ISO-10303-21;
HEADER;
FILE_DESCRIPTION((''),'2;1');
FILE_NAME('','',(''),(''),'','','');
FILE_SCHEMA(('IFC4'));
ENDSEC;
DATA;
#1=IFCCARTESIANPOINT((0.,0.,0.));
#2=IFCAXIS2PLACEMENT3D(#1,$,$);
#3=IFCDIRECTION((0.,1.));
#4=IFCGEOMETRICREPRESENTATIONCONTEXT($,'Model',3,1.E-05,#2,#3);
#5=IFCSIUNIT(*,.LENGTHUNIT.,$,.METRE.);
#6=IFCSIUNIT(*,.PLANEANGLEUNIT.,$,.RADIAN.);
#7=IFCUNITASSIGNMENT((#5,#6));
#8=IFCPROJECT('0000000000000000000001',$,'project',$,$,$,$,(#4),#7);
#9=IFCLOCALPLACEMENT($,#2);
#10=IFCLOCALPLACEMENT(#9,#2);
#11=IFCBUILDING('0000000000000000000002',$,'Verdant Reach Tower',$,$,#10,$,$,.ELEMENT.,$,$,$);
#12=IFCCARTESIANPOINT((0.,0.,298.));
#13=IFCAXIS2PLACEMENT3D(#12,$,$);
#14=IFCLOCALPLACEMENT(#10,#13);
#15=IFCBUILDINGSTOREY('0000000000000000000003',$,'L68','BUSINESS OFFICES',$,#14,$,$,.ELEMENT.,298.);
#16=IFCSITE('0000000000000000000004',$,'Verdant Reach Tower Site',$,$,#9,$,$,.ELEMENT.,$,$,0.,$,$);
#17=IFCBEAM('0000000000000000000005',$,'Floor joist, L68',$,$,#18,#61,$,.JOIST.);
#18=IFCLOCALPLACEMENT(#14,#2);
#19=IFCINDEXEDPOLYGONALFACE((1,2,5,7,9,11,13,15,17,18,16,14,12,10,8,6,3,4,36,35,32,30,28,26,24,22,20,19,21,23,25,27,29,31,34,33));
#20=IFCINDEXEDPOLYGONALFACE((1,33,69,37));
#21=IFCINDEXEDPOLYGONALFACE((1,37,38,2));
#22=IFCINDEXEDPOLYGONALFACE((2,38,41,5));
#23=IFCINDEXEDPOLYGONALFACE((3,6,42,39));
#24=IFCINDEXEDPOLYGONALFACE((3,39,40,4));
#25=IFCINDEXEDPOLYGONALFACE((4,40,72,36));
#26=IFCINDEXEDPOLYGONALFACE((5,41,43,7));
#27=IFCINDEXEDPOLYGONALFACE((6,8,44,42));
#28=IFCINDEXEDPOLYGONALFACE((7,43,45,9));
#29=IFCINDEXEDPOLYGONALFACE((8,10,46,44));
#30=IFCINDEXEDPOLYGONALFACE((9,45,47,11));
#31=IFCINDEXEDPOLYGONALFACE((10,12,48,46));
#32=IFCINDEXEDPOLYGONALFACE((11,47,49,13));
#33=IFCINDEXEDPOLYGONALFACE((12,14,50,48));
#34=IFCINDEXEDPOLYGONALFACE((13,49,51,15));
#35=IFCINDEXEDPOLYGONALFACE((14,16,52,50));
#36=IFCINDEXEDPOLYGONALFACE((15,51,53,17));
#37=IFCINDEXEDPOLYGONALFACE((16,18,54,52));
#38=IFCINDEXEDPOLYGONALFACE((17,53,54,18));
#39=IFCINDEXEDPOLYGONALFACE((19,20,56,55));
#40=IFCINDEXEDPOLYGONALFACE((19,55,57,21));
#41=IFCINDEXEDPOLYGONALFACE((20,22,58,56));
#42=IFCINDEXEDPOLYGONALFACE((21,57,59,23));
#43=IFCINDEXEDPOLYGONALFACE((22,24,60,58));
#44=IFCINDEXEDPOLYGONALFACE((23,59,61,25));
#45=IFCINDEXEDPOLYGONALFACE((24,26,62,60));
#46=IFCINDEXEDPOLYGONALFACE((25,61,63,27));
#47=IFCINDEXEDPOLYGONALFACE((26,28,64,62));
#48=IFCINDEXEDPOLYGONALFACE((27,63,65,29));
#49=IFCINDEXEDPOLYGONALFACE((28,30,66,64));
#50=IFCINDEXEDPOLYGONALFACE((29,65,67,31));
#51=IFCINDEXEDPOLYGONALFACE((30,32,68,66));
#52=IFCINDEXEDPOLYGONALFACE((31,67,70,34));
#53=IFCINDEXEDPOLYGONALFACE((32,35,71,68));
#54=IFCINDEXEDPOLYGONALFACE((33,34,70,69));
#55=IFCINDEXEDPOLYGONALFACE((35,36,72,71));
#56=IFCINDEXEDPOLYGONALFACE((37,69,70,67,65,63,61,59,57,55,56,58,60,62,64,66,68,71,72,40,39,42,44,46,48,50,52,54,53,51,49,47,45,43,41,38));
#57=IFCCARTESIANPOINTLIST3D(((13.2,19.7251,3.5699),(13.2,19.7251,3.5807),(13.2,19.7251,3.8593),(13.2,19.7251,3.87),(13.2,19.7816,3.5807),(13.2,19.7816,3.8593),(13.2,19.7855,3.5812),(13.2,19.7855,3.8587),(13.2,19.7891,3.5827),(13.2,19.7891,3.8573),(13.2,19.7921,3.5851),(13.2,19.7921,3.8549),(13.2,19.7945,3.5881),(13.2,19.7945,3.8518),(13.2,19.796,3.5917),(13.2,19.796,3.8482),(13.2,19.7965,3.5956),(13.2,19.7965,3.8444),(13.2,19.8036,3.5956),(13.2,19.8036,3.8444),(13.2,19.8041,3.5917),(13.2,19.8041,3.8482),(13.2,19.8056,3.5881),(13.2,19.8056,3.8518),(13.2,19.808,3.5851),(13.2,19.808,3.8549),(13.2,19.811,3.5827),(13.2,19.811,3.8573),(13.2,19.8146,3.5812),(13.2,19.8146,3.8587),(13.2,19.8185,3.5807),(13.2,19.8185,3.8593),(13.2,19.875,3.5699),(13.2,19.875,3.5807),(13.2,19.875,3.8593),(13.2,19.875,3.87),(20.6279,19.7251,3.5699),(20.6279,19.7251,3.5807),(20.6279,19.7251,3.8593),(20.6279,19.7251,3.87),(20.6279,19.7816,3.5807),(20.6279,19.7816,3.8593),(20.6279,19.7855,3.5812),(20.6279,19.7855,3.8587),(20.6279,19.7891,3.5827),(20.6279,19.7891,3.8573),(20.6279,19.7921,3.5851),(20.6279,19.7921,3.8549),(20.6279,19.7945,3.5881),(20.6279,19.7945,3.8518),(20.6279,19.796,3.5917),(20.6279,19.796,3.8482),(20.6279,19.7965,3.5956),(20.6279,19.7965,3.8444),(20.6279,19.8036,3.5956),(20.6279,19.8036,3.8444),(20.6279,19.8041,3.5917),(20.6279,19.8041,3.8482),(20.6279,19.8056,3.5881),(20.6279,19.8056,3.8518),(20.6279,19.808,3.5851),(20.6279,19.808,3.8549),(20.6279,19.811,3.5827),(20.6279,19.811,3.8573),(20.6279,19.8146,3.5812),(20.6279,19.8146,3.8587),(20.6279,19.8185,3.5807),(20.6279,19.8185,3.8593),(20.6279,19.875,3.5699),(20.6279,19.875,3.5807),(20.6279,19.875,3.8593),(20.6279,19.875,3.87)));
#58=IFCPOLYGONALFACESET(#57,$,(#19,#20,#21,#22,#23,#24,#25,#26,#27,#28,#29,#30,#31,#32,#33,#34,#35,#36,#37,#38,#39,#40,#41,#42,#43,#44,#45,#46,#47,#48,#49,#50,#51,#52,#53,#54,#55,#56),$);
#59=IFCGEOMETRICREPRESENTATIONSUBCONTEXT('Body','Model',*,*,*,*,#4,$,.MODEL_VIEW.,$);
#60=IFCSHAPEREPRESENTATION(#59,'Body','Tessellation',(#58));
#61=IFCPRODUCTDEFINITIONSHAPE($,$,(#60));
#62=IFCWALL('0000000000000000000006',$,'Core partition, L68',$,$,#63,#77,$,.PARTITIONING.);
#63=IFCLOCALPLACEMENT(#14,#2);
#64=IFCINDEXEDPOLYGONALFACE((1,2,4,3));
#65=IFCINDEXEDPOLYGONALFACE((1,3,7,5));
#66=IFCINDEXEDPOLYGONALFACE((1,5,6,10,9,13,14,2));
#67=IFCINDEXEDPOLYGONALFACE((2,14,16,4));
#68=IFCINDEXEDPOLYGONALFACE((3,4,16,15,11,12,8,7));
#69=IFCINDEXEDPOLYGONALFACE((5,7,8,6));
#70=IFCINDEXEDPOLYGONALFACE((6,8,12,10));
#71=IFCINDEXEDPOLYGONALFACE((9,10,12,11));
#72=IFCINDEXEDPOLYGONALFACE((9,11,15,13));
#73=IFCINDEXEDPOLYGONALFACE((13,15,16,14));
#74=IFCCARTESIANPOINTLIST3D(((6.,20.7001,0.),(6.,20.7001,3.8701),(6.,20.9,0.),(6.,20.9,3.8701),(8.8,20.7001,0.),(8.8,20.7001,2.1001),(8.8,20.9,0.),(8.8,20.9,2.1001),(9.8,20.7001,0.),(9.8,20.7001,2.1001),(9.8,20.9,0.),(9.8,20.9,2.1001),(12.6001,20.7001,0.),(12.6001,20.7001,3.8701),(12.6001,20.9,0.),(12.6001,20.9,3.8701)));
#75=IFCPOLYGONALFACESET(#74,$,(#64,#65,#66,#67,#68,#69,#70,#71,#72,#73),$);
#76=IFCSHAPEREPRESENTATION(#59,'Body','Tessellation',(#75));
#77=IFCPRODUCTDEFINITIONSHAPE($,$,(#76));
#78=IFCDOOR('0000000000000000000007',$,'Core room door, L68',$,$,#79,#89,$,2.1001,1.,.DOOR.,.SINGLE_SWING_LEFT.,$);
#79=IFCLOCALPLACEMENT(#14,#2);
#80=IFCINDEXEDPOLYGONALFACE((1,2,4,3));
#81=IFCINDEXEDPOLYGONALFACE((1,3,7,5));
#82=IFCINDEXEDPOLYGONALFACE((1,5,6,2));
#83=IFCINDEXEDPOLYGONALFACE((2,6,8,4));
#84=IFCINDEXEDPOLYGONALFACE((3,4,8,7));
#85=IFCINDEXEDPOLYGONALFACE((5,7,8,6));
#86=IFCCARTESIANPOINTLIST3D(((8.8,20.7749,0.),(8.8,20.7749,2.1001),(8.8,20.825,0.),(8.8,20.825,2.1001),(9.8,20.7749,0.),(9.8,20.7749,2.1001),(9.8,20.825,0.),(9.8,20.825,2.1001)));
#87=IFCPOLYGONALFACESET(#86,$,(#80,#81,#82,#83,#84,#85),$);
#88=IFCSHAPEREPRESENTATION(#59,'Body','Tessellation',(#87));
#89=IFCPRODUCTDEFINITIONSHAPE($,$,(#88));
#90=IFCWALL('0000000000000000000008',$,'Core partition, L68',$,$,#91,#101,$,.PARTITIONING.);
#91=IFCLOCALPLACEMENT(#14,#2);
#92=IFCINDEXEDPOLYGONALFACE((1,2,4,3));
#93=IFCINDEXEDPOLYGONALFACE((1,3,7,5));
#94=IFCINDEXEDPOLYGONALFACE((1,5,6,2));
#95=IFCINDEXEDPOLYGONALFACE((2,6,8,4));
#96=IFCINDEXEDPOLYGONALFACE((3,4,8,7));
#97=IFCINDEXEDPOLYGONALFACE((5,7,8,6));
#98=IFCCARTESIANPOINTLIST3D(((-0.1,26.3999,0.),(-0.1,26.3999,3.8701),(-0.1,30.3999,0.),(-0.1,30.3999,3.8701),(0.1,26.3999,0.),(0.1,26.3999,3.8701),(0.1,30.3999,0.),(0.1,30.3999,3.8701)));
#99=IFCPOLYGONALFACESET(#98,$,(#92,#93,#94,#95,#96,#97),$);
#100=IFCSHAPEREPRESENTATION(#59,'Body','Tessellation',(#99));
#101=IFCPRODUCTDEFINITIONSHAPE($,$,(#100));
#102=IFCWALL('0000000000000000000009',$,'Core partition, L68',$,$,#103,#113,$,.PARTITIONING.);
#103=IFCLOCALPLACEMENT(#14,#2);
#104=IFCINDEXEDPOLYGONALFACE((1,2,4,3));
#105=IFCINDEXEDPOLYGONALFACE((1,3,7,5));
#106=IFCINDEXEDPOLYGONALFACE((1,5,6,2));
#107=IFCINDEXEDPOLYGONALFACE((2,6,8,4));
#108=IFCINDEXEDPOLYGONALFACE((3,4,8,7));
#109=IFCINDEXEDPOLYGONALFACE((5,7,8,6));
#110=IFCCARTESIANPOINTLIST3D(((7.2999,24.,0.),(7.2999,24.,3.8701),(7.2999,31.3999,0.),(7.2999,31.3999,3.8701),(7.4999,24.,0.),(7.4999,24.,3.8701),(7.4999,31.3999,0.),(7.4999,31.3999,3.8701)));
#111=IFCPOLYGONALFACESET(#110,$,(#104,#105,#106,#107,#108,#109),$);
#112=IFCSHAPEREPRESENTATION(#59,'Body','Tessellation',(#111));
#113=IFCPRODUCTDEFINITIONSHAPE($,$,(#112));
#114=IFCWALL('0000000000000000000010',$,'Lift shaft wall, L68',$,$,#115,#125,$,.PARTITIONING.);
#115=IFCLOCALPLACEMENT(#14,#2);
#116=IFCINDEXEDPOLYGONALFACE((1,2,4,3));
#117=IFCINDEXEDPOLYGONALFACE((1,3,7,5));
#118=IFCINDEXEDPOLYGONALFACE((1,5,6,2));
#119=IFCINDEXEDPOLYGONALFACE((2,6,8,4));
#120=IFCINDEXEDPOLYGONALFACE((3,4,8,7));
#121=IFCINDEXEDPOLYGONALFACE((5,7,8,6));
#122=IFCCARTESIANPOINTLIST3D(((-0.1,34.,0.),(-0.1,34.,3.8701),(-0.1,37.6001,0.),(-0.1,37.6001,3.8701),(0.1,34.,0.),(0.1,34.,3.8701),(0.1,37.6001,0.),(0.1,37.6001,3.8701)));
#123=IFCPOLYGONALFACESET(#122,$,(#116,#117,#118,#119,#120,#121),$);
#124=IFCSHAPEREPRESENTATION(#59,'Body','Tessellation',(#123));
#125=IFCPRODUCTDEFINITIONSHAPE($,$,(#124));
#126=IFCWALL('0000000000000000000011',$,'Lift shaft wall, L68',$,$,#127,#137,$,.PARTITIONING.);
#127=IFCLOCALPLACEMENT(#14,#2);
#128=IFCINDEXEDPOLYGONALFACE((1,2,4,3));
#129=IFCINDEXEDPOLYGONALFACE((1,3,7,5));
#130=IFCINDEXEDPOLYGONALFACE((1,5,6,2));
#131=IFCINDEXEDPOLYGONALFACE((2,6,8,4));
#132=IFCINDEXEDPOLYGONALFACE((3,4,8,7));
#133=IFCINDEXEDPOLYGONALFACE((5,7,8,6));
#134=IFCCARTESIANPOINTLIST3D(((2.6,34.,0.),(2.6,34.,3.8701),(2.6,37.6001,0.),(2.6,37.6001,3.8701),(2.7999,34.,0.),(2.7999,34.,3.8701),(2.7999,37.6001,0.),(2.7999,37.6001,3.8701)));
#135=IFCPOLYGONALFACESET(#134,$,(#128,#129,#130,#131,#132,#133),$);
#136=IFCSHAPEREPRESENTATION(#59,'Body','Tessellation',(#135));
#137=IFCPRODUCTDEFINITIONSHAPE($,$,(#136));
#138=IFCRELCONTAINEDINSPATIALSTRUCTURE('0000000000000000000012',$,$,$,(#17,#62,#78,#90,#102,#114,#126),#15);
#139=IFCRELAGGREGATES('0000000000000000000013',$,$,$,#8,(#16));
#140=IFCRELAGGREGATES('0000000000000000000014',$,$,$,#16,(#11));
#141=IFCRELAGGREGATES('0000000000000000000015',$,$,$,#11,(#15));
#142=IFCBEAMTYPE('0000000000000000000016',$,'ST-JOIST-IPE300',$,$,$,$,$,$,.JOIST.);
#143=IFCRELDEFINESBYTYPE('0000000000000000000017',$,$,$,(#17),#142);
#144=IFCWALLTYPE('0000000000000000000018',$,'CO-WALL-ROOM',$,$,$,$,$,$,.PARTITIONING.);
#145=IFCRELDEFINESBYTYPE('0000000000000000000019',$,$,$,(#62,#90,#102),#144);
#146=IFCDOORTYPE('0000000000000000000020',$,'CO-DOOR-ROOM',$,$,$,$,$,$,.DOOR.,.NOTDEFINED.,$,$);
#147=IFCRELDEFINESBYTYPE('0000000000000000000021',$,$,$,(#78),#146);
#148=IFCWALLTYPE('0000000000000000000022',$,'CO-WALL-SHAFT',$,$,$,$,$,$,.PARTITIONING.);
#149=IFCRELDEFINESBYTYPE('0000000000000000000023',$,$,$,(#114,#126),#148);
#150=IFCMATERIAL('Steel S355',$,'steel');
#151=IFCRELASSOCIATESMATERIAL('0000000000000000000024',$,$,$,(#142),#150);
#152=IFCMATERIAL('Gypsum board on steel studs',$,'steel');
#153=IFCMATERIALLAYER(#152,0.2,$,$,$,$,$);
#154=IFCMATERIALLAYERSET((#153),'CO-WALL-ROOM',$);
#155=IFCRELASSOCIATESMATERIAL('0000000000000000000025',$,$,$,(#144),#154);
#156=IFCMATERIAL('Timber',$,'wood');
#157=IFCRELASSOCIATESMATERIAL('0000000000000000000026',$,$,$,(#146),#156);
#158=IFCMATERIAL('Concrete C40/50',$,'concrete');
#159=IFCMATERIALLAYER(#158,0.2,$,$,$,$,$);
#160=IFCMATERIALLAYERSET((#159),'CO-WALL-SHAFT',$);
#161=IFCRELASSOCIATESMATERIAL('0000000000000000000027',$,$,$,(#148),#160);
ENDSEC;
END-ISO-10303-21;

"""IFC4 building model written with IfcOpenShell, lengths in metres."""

from ifc_helpers import new_model, si_unit, direction, frame, frame_2d, origin, origin_2d, place, context, subcontext, project, spatial, rectangle, i_section, extrude, material, layer, layer_set, material_profile, profile_set, type_object, element, fill, save


model = new_model("IFC4")

# Units and contexts
model_context = context("Model", 3, precision=1e-05, world=origin(), true_north=direction((0.0, 1.0)))
body_context = subcontext(model_context, "Body", "Model", "MODEL_VIEW")
ifc_project = project(units=[si_unit("LENGTHUNIT", "METRE"), si_unit("PLANEANGLEUNIT", "RADIAN")], contexts=[model_context])

# Site, building, storey
site_placement = place(None, origin())
site = spatial("IfcSite", under=ifc_project, at=site_placement, Name="Verdant Reach Tower Site", CompositionType="ELEMENT", RefElevation=0.0)
building_placement = place(site_placement, origin())
building = spatial("IfcBuilding", under=site, at=building_placement, Name="Verdant Reach Tower", CompositionType="ELEMENT")
storey_placement = place(building_placement, frame((0.0, 0.0, 298.0)))
storey = spatial("IfcBuildingStorey", under=building, at=storey_placement, Name="L68", Description="BUSINESS OFFICES", CompositionType="ELEMENT", Elevation=298.0)

# Beam
ifc_material_1 = material(Name="Steel S355", Category="steel")
ifc_material_profile = material_profile(ifc_material_1, i_section(OverallWidth=0.1499, OverallDepth=0.3, WebThickness=0.0071, FlangeThickness=0.0107, FilletRadius=0.0149, at=origin_2d()), Name="IPE 300")
ifc_profile_set = profile_set([ifc_material_profile], Name="Steel S355")
beam_type = type_object("IfcBeamType", Name="ST-JOIST-IPE300", PredefinedType="JOIST", material=ifc_profile_set)
beam_placement = place(storey_placement, frame((13.2, 19.8, 3.72), z_axis=(1.0, 0.0, 0.0), x_axis=(0.0, 1.0, 0.0)))
element("IfcBeam", 1, at=beam_placement, inside=storey, type_object=beam_type, Name="Floor joist, L68", PredefinedType="JOIST", context=body_context, shape_type="SweptSolid", body=[
    extrude(i_section(OverallWidth=0.1499, OverallDepth=0.3, WebThickness=0.0071, FlangeThickness=0.0107, FilletRadius=0.0149, at=origin_2d()), origin(), (0.0, 0.0, 1.0), 7.428),
])

# Wall, opening, door
ifc_material_2 = material(Name="Gypsum board on steel studs", Category="steel")
ifc_layer_1 = layer(ifc_material_2, 0.2)
ifc_layer_set_1 = layer_set([ifc_layer_1], Name="CO-WALL-ROOM")
wall_type_1 = type_object("IfcWallType", Name="CO-WALL-ROOM", PredefinedType="PARTITIONING", material=ifc_layer_set_1)
wall_1_placement = place(storey_placement, frame((6.0, 20.8, 0.0), z_axis=(0.0, 0.0, 1.0), x_axis=(1.0, 0.0, 0.0)))
wall_1 = element("IfcWall", 2, at=wall_1_placement, inside=storey, type_object=wall_type_1, Name="Core partition, L68", PredefinedType="PARTITIONING", context=body_context, shape_type="SweptSolid", body=[
    extrude(rectangle(XDim=6.6001, YDim=0.2, at=frame_2d((3.3, 0.0))), origin(), (0.0, 0.0, 1.0), 3.8701),
])
opening_1_placement = place(wall_1_placement, frame((2.8, 0.0, 0.0)))
opening_1 = element("IfcOpeningElement", 3, at=opening_1_placement, cuts=wall_1, PredefinedType="OPENING", context=body_context, shape_type="SweptSolid", body=[
    extrude(rectangle(XDim=1.0, YDim=2.1001, at=frame_2d((0.5, 1.05))), frame((0.0, 0.1099, 0.0), z_axis=(0.0, -1.0, 0.0), x_axis=(1.0, 0.0, 0.0)), (0.0, 0.0, 1.0), 0.22),
])
ifc_material_3 = material(Name="Timber", Category="wood")
door_type_1 = type_object("IfcDoorType", Name="CO-DOOR-ROOM", OperationType="NOTDEFINED", PredefinedType="DOOR", material=ifc_material_3)
door_1_placement = place(opening_1_placement, origin())
door_1 = element("IfcDoor", 4, at=door_1_placement, inside=storey, type_object=door_type_1, Name="Core room door, L68", OperationType="SINGLE_SWING_LEFT", OverallHeight=2.1001, OverallWidth=1.0, PredefinedType="DOOR", context=body_context, shape_type="SweptSolid", body=[
    extrude(rectangle(XDim=1.0, YDim=2.1001, at=frame_2d((0.5, 1.05))), frame((0.0, 0.0249, 0.0), z_axis=(0.0, -1.0, 0.0), x_axis=(1.0, 0.0, 0.0)), (0.0, 0.0, 1.0), 0.05),
])
fill(opening_1, door_1)

# Walls
wall_2_placement = place(storey_placement, frame((0.0, 26.3999, 0.0), z_axis=(0.0, 0.0, 1.0), x_axis=(0.0, 1.0, 0.0)))
element("IfcWall", 5, at=wall_2_placement, inside=storey, type_object=wall_type_1, Name="Core partition, L68", PredefinedType="PARTITIONING", context=body_context, shape_type="SweptSolid", body=[
    extrude(rectangle(XDim=4.0, YDim=0.2, at=frame_2d((2.0, 0.0))), origin(), (0.0, 0.0, 1.0), 3.8701),
])
wall_3_placement = place(storey_placement, frame((7.3999, 24.0, 0.0), z_axis=(0.0, 0.0, 1.0), x_axis=(0.0, 1.0, 0.0)))
element("IfcWall", 6, at=wall_3_placement, inside=storey, type_object=wall_type_1, Name="Core partition, L68", PredefinedType="PARTITIONING", context=body_context, shape_type="SweptSolid", body=[
    extrude(rectangle(XDim=7.3999, YDim=0.2, at=frame_2d((3.7, 0.0))), origin(), (0.0, 0.0, 1.0), 3.8701),
])
ifc_material_4 = material(Name="Concrete C40/50", Category="concrete")
ifc_layer_2 = layer(ifc_material_4, 0.2)
ifc_layer_set_2 = layer_set([ifc_layer_2], Name="CO-WALL-SHAFT")
wall_type_2 = type_object("IfcWallType", Name="CO-WALL-SHAFT", PredefinedType="PARTITIONING", material=ifc_layer_set_2)
for number, where, z_axis, x_axis, name in (
    (7, (0.0, 34.0, 0.0), (0.0, 0.0, 1.0), (0.0, 1.0, 0.0), "Lift shaft wall, L68"),
    (8, (2.7, 34.0, 0.0), (0.0, 0.0, 1.0), (0.0, 1.0, 0.0), "Lift shaft wall, L68"),
):
    element("IfcWall", number, at=place(storey_placement, frame(where, z_axis=z_axis, x_axis=x_axis)), inside=storey, type_object=wall_type_2, Name=name, PredefinedType="PARTITIONING", context=body_context, shape_type="SweptSolid", body=[
        extrude(rectangle(XDim=3.6001, YDim=0.2, at=frame_2d((1.8, 0.0))), origin(), (0.0, 0.0, 1.0), 3.8701),
    ])

save(model, "model.ifc")
